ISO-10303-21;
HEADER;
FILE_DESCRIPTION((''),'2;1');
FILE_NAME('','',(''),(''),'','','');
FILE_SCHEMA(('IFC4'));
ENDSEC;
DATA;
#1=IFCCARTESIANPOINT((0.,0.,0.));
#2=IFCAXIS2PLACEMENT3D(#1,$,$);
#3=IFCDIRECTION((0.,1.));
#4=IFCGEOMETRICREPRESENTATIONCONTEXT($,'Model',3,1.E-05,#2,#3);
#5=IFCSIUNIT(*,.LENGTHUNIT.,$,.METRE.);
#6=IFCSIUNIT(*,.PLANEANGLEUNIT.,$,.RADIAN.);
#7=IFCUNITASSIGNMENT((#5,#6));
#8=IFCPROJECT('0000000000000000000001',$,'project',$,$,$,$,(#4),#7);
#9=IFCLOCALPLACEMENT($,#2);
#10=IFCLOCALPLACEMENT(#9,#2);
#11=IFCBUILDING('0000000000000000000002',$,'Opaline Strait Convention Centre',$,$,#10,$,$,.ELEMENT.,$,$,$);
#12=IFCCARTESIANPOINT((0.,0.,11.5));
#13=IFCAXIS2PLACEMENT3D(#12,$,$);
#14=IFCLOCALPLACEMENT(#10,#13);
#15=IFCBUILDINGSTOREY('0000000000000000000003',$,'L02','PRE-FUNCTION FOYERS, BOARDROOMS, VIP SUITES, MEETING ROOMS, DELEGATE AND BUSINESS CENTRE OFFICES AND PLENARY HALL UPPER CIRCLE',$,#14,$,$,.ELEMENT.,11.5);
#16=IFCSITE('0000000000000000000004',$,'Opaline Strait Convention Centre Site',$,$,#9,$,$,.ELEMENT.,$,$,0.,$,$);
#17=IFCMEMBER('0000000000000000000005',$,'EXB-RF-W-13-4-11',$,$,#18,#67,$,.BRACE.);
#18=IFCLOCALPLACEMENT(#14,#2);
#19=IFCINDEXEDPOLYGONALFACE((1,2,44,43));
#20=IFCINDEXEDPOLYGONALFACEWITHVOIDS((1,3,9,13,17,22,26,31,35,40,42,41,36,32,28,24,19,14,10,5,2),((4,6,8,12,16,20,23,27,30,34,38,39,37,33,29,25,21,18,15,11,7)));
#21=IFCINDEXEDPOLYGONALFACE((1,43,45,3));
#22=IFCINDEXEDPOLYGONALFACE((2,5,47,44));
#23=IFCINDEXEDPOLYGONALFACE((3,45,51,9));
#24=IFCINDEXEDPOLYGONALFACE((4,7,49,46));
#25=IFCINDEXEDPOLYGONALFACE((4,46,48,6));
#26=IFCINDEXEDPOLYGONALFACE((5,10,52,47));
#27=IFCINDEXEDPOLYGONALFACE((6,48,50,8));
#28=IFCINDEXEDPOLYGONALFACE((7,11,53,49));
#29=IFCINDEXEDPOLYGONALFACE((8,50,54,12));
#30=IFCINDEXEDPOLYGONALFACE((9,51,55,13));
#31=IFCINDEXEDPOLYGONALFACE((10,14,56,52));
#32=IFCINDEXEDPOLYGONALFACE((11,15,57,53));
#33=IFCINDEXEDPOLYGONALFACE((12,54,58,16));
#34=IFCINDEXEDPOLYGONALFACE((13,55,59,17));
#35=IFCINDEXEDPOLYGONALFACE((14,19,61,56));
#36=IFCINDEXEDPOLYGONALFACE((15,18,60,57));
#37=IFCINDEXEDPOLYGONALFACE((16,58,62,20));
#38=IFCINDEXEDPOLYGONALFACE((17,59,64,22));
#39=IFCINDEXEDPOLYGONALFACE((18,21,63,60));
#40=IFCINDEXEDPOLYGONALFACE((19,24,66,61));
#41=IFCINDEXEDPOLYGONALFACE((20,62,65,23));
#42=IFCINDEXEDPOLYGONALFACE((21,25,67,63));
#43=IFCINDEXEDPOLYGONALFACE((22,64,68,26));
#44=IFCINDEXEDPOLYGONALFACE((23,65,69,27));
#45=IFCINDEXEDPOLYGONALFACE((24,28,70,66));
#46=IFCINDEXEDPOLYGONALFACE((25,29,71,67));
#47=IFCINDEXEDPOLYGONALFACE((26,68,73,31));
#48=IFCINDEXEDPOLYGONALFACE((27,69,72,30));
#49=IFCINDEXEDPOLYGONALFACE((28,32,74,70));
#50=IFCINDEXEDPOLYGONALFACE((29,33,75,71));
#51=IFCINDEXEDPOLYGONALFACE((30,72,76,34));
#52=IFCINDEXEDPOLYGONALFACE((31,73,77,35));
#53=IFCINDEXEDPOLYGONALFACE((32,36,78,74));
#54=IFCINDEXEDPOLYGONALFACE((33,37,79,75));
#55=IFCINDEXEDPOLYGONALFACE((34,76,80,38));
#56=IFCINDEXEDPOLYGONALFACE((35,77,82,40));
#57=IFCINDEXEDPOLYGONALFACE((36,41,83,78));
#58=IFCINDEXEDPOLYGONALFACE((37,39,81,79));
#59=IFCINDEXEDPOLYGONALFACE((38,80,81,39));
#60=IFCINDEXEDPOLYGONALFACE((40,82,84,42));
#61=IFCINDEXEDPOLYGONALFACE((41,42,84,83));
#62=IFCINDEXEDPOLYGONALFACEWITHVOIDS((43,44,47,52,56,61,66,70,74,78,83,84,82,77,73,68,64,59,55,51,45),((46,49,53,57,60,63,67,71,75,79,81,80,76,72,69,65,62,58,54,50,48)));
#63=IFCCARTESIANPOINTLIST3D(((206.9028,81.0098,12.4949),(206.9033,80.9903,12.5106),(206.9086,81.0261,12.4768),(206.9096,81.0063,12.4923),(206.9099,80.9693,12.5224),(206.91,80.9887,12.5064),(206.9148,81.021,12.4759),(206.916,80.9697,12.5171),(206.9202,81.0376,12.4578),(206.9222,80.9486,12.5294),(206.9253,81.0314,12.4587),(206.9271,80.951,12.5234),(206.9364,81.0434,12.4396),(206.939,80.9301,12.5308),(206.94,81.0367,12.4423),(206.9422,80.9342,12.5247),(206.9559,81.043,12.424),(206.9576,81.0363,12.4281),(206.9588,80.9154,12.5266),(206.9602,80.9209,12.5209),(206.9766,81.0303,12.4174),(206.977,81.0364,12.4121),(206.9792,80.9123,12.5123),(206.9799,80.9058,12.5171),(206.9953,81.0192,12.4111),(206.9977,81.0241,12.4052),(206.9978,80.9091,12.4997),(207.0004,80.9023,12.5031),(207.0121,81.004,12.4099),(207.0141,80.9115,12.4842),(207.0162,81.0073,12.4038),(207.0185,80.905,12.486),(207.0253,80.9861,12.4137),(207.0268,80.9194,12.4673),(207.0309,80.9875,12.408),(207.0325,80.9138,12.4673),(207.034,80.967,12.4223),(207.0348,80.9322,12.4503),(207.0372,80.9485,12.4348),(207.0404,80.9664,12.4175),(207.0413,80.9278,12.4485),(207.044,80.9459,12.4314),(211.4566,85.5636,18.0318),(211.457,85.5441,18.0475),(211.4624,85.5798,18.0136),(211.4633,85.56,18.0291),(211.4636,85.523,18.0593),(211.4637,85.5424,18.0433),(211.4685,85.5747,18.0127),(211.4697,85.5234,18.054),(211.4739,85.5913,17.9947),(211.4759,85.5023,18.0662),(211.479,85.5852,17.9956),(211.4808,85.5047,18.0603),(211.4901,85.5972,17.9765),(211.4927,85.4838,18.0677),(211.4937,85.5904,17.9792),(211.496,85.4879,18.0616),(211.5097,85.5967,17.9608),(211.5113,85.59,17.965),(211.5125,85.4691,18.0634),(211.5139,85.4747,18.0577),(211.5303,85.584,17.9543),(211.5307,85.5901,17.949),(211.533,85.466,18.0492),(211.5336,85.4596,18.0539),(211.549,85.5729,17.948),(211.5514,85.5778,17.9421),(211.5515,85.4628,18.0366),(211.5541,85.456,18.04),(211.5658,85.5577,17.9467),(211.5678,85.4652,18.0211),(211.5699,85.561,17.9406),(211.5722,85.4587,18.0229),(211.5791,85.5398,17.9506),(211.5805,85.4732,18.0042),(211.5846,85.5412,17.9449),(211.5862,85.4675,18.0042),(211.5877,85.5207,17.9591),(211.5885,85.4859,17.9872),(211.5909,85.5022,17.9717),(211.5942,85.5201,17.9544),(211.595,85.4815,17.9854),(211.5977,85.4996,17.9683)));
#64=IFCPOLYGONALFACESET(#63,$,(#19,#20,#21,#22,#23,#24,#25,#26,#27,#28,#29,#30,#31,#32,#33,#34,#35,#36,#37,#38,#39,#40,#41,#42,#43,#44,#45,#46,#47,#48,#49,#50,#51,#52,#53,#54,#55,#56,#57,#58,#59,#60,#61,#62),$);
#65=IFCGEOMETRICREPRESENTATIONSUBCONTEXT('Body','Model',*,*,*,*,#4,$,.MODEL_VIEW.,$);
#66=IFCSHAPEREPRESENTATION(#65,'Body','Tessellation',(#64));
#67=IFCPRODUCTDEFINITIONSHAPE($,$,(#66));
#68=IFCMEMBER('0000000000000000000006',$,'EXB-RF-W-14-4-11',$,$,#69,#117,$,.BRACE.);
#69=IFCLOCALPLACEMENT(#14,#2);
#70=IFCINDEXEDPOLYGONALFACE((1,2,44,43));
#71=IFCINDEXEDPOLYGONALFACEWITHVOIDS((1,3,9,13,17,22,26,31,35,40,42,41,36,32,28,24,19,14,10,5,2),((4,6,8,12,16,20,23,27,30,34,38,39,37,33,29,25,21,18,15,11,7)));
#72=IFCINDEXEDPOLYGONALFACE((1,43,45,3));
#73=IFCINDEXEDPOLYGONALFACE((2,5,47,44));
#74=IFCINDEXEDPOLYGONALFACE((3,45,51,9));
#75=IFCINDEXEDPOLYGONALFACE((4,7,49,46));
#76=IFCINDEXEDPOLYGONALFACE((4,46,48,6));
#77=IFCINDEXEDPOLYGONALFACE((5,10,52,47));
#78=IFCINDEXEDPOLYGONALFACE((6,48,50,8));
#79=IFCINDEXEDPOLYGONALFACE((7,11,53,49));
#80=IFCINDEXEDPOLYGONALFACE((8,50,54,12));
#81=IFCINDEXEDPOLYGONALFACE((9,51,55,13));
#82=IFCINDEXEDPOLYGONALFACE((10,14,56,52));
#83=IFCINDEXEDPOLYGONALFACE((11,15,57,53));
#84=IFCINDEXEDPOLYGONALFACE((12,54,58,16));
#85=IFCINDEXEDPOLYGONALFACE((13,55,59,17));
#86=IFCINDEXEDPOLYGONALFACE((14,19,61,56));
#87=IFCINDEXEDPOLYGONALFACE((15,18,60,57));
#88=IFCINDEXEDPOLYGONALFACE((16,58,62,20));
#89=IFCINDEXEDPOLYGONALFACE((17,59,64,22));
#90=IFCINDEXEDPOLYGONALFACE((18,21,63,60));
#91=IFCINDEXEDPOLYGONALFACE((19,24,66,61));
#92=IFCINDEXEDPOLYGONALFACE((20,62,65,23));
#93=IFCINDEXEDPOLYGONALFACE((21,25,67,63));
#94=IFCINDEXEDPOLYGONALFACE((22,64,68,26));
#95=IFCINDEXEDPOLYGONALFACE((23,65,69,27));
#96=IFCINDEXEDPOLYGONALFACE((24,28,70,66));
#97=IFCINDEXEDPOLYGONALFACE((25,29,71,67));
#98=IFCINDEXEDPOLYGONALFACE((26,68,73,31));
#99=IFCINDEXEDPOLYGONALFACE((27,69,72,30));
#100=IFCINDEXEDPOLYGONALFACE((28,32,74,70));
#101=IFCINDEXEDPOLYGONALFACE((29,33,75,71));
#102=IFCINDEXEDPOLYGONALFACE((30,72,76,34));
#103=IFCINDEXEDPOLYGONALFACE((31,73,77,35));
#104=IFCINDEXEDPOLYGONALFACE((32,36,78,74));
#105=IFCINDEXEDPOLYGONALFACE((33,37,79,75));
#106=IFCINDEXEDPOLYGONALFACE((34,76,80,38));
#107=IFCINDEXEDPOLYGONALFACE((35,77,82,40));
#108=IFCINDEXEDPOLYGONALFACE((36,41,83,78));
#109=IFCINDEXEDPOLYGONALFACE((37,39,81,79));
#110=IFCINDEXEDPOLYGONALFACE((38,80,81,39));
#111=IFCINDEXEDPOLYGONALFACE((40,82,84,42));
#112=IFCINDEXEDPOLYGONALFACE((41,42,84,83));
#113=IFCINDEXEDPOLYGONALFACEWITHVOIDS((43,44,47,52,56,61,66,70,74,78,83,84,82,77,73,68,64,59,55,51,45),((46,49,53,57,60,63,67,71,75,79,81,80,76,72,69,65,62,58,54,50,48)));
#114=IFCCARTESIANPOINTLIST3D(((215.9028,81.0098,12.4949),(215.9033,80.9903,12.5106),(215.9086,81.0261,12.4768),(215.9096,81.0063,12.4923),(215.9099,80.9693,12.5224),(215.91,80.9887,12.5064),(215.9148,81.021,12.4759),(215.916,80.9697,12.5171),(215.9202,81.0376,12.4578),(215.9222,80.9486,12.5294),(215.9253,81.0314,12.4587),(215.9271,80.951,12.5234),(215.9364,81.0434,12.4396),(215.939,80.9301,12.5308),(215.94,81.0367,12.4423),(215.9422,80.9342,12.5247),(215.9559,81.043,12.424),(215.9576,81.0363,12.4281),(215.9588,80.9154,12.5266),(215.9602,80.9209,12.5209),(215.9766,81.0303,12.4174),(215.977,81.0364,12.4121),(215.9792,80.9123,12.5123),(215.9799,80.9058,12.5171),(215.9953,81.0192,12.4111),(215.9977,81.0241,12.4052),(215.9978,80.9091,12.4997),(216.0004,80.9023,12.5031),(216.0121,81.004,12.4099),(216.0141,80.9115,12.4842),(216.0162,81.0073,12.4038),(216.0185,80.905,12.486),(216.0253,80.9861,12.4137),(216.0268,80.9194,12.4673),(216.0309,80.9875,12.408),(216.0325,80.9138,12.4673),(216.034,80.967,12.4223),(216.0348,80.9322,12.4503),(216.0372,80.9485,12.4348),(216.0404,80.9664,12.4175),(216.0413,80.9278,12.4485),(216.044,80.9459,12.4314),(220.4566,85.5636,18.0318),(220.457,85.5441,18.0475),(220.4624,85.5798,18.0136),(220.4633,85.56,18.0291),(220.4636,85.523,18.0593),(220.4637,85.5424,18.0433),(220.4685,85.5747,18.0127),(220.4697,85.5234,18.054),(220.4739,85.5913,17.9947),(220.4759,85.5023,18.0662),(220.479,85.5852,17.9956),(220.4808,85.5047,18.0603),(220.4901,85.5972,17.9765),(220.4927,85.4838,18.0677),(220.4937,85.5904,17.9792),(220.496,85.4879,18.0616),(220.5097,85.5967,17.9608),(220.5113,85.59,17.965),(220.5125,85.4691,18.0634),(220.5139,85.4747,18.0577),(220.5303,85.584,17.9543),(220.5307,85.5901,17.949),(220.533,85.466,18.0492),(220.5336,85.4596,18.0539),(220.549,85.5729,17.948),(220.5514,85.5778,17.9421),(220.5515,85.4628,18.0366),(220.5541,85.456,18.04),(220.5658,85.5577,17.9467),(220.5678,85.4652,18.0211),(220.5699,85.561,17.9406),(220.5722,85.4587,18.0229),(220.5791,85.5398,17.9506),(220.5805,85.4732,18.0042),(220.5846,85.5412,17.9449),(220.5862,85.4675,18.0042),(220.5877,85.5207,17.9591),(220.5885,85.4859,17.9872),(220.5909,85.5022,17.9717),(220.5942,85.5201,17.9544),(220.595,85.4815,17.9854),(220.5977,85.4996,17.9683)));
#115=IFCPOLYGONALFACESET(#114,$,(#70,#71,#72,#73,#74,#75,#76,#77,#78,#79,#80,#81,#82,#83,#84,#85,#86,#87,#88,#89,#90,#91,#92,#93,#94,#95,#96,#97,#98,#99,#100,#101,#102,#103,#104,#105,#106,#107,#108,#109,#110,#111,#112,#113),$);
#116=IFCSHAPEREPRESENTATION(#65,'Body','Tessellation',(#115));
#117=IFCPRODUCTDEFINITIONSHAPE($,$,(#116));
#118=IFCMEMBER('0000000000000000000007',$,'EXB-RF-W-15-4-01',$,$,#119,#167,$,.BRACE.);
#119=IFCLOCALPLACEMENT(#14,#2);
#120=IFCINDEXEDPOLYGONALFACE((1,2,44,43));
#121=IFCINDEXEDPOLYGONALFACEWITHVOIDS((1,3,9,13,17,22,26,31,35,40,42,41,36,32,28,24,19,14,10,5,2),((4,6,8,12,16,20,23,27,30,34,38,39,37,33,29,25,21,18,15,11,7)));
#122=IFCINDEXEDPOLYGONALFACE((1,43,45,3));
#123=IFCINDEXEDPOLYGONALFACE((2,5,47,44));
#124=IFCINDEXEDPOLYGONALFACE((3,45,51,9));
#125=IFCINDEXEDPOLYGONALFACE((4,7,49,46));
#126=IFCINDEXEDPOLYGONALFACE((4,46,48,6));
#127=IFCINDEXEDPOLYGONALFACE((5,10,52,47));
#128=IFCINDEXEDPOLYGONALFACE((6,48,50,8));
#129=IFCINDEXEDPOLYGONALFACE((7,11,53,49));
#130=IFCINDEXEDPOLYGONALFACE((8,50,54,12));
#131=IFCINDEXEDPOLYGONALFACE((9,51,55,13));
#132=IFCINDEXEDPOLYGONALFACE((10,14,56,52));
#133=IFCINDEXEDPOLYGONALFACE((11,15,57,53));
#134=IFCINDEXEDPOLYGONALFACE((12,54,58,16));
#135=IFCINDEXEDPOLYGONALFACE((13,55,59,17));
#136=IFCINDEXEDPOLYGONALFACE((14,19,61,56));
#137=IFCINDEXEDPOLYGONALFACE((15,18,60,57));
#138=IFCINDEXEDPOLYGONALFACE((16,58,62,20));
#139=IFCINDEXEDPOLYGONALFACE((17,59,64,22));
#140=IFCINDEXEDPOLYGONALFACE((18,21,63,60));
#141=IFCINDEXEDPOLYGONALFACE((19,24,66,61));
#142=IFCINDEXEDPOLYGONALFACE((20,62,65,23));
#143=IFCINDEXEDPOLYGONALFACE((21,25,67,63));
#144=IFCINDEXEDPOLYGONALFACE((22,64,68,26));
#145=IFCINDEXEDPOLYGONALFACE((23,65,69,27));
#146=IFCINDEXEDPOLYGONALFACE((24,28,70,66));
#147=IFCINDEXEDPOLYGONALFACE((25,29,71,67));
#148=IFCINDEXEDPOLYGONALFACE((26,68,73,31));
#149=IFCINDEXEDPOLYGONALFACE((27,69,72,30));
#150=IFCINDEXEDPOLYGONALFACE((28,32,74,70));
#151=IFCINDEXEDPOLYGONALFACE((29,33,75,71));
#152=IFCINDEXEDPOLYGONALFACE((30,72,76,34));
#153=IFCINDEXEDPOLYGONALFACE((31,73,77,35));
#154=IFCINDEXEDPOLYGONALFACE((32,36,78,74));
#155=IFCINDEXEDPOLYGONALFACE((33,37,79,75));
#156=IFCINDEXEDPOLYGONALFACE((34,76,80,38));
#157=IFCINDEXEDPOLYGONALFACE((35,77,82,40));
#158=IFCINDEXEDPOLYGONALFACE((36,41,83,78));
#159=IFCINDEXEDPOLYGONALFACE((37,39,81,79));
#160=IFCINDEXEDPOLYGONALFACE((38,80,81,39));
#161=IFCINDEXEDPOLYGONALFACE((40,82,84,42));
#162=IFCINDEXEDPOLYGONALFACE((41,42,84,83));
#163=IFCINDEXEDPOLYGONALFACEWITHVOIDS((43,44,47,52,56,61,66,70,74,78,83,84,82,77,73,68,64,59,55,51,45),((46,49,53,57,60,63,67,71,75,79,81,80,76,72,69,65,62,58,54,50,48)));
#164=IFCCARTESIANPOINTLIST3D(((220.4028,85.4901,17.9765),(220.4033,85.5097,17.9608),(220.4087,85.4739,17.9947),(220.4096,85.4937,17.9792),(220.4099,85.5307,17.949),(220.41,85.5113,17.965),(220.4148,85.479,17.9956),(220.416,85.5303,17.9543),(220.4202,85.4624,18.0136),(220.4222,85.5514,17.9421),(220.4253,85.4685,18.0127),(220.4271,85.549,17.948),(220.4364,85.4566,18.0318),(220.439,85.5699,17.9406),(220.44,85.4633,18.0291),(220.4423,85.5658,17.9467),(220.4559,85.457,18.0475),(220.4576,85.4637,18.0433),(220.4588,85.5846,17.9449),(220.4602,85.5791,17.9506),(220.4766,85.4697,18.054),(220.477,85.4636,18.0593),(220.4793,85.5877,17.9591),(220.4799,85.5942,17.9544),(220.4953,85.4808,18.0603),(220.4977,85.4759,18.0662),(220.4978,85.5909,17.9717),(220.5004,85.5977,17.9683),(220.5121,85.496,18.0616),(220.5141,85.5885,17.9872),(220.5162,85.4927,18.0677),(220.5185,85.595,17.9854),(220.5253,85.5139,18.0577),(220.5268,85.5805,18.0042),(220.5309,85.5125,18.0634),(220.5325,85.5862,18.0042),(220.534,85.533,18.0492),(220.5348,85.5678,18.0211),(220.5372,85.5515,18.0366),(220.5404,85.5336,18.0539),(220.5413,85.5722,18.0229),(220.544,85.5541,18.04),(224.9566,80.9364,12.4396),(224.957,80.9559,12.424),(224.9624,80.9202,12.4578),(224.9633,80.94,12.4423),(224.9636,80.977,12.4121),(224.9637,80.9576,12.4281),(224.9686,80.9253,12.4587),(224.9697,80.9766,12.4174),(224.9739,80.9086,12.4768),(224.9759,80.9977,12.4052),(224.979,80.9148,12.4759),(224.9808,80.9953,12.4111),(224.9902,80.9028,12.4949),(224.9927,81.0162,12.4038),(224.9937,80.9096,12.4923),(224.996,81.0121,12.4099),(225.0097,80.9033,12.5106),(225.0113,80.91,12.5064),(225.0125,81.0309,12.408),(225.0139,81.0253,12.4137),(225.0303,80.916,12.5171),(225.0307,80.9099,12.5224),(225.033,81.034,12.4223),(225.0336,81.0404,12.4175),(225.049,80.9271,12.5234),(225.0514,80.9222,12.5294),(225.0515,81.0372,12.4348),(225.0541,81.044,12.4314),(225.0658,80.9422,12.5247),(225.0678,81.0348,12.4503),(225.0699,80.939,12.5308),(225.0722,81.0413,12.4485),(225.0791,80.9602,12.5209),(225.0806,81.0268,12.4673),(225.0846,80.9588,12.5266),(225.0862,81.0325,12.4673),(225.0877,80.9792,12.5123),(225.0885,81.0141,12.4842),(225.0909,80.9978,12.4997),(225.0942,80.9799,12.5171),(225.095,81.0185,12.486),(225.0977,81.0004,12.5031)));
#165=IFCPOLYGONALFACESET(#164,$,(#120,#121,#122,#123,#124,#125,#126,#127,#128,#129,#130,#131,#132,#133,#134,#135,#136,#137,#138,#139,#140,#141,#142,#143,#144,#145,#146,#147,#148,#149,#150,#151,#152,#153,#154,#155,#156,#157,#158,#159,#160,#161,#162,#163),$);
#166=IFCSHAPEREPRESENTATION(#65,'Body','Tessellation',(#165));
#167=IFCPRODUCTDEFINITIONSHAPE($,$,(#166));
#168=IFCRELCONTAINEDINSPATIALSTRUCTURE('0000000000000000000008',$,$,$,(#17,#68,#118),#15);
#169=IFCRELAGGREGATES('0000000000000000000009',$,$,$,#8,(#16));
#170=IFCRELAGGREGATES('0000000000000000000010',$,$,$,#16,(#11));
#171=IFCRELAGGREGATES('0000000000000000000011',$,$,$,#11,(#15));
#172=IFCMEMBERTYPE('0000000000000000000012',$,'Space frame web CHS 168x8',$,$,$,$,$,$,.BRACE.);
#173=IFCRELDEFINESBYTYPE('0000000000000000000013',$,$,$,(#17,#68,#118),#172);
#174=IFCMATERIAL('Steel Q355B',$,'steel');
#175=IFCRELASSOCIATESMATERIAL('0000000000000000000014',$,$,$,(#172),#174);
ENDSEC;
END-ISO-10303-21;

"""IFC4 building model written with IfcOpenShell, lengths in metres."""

from ifc_helpers import new_model, si_unit, direction, frame, origin, origin_2d, place, context, subcontext, project, spatial, hollow_circle, extrude, material, material_profile, profile_set, type_object, element, save


model = new_model("IFC4")

# Units and contexts
model_context = context("Model", 3, precision=1e-05, world=origin(), true_north=direction((0.0, 1.0)))
body_context = subcontext(model_context, "Body", "Model", "MODEL_VIEW")
ifc_project = project(units=[si_unit("LENGTHUNIT", "METRE"), si_unit("PLANEANGLEUNIT", "RADIAN")], contexts=[model_context])

# Site, building, storey
site_placement = place(None, origin())
site = spatial("IfcSite", under=ifc_project, at=site_placement, Name="Opaline Strait Convention Centre Site", CompositionType="ELEMENT", RefElevation=0.0)
building_placement = place(site_placement, origin())
building = spatial("IfcBuilding", under=site, at=building_placement, Name="Opaline Strait Convention Centre", CompositionType="ELEMENT")
storey_placement = place(building_placement, frame((0.0, 0.0, 11.5)))
storey = spatial("IfcBuildingStorey", under=building, at=storey_placement, Name="L02", Description="PRE-FUNCTION FOYERS, BOARDROOMS, VIP SUITES, MEETING ROOMS, DELEGATE AND BUSINESS CENTRE OFFICES AND PLENARY HALL UPPER CIRCLE", CompositionType="ELEMENT", Elevation=11.5)

# Members
ifc_material = material(Name="Steel Q355B", Category="steel")
ifc_material_profile_1 = material_profile(ifc_material, hollow_circle(Radius=0.084, WallThickness=0.0081, at=origin_2d()), Name="CHS 168x8")
ifc_profile_set_1 = profile_set([ifc_material_profile_1], Name="Steel Q355B")
member_type_1 = type_object("IfcMemberType", Name="Space frame web CHS 168x8", PredefinedType="BRACE", material=ifc_profile_set_1)
for number, where, z_axis, x_axis, name in (
    (1, (211.5269, 85.5269, 18.0042), (-0.536178, -0.536178, -0.65194), (0.707107, -0.707107, 0.0), "EXB-RF-W-13-4-11"),
    (2, (220.5269, 85.5269, 18.0042), (-0.536178, -0.536178, -0.65194), (0.707107, -0.707107, 0.0), "EXB-RF-W-14-4-11"),
    (3, (220.4731, 85.5269, 18.0042), (0.536178, -0.536178, -0.65194), (0.707107, 0.707107, 0.0), "EXB-RF-W-15-4-01"),
):
    element("IfcMember", number, at=place(storey_placement, frame(where, z_axis=z_axis, x_axis=x_axis)), inside=storey, type_object=member_type_1, Name=name, PredefinedType="BRACE", context=body_context, shape_type="SweptSolid", body=[
        extrude(hollow_circle(Radius=0.084, WallThickness=0.0081, at=origin_2d()), origin(), (0.0, 0.0, 1.0), 8.4929),
    ])

save(model, "model.ifc")
